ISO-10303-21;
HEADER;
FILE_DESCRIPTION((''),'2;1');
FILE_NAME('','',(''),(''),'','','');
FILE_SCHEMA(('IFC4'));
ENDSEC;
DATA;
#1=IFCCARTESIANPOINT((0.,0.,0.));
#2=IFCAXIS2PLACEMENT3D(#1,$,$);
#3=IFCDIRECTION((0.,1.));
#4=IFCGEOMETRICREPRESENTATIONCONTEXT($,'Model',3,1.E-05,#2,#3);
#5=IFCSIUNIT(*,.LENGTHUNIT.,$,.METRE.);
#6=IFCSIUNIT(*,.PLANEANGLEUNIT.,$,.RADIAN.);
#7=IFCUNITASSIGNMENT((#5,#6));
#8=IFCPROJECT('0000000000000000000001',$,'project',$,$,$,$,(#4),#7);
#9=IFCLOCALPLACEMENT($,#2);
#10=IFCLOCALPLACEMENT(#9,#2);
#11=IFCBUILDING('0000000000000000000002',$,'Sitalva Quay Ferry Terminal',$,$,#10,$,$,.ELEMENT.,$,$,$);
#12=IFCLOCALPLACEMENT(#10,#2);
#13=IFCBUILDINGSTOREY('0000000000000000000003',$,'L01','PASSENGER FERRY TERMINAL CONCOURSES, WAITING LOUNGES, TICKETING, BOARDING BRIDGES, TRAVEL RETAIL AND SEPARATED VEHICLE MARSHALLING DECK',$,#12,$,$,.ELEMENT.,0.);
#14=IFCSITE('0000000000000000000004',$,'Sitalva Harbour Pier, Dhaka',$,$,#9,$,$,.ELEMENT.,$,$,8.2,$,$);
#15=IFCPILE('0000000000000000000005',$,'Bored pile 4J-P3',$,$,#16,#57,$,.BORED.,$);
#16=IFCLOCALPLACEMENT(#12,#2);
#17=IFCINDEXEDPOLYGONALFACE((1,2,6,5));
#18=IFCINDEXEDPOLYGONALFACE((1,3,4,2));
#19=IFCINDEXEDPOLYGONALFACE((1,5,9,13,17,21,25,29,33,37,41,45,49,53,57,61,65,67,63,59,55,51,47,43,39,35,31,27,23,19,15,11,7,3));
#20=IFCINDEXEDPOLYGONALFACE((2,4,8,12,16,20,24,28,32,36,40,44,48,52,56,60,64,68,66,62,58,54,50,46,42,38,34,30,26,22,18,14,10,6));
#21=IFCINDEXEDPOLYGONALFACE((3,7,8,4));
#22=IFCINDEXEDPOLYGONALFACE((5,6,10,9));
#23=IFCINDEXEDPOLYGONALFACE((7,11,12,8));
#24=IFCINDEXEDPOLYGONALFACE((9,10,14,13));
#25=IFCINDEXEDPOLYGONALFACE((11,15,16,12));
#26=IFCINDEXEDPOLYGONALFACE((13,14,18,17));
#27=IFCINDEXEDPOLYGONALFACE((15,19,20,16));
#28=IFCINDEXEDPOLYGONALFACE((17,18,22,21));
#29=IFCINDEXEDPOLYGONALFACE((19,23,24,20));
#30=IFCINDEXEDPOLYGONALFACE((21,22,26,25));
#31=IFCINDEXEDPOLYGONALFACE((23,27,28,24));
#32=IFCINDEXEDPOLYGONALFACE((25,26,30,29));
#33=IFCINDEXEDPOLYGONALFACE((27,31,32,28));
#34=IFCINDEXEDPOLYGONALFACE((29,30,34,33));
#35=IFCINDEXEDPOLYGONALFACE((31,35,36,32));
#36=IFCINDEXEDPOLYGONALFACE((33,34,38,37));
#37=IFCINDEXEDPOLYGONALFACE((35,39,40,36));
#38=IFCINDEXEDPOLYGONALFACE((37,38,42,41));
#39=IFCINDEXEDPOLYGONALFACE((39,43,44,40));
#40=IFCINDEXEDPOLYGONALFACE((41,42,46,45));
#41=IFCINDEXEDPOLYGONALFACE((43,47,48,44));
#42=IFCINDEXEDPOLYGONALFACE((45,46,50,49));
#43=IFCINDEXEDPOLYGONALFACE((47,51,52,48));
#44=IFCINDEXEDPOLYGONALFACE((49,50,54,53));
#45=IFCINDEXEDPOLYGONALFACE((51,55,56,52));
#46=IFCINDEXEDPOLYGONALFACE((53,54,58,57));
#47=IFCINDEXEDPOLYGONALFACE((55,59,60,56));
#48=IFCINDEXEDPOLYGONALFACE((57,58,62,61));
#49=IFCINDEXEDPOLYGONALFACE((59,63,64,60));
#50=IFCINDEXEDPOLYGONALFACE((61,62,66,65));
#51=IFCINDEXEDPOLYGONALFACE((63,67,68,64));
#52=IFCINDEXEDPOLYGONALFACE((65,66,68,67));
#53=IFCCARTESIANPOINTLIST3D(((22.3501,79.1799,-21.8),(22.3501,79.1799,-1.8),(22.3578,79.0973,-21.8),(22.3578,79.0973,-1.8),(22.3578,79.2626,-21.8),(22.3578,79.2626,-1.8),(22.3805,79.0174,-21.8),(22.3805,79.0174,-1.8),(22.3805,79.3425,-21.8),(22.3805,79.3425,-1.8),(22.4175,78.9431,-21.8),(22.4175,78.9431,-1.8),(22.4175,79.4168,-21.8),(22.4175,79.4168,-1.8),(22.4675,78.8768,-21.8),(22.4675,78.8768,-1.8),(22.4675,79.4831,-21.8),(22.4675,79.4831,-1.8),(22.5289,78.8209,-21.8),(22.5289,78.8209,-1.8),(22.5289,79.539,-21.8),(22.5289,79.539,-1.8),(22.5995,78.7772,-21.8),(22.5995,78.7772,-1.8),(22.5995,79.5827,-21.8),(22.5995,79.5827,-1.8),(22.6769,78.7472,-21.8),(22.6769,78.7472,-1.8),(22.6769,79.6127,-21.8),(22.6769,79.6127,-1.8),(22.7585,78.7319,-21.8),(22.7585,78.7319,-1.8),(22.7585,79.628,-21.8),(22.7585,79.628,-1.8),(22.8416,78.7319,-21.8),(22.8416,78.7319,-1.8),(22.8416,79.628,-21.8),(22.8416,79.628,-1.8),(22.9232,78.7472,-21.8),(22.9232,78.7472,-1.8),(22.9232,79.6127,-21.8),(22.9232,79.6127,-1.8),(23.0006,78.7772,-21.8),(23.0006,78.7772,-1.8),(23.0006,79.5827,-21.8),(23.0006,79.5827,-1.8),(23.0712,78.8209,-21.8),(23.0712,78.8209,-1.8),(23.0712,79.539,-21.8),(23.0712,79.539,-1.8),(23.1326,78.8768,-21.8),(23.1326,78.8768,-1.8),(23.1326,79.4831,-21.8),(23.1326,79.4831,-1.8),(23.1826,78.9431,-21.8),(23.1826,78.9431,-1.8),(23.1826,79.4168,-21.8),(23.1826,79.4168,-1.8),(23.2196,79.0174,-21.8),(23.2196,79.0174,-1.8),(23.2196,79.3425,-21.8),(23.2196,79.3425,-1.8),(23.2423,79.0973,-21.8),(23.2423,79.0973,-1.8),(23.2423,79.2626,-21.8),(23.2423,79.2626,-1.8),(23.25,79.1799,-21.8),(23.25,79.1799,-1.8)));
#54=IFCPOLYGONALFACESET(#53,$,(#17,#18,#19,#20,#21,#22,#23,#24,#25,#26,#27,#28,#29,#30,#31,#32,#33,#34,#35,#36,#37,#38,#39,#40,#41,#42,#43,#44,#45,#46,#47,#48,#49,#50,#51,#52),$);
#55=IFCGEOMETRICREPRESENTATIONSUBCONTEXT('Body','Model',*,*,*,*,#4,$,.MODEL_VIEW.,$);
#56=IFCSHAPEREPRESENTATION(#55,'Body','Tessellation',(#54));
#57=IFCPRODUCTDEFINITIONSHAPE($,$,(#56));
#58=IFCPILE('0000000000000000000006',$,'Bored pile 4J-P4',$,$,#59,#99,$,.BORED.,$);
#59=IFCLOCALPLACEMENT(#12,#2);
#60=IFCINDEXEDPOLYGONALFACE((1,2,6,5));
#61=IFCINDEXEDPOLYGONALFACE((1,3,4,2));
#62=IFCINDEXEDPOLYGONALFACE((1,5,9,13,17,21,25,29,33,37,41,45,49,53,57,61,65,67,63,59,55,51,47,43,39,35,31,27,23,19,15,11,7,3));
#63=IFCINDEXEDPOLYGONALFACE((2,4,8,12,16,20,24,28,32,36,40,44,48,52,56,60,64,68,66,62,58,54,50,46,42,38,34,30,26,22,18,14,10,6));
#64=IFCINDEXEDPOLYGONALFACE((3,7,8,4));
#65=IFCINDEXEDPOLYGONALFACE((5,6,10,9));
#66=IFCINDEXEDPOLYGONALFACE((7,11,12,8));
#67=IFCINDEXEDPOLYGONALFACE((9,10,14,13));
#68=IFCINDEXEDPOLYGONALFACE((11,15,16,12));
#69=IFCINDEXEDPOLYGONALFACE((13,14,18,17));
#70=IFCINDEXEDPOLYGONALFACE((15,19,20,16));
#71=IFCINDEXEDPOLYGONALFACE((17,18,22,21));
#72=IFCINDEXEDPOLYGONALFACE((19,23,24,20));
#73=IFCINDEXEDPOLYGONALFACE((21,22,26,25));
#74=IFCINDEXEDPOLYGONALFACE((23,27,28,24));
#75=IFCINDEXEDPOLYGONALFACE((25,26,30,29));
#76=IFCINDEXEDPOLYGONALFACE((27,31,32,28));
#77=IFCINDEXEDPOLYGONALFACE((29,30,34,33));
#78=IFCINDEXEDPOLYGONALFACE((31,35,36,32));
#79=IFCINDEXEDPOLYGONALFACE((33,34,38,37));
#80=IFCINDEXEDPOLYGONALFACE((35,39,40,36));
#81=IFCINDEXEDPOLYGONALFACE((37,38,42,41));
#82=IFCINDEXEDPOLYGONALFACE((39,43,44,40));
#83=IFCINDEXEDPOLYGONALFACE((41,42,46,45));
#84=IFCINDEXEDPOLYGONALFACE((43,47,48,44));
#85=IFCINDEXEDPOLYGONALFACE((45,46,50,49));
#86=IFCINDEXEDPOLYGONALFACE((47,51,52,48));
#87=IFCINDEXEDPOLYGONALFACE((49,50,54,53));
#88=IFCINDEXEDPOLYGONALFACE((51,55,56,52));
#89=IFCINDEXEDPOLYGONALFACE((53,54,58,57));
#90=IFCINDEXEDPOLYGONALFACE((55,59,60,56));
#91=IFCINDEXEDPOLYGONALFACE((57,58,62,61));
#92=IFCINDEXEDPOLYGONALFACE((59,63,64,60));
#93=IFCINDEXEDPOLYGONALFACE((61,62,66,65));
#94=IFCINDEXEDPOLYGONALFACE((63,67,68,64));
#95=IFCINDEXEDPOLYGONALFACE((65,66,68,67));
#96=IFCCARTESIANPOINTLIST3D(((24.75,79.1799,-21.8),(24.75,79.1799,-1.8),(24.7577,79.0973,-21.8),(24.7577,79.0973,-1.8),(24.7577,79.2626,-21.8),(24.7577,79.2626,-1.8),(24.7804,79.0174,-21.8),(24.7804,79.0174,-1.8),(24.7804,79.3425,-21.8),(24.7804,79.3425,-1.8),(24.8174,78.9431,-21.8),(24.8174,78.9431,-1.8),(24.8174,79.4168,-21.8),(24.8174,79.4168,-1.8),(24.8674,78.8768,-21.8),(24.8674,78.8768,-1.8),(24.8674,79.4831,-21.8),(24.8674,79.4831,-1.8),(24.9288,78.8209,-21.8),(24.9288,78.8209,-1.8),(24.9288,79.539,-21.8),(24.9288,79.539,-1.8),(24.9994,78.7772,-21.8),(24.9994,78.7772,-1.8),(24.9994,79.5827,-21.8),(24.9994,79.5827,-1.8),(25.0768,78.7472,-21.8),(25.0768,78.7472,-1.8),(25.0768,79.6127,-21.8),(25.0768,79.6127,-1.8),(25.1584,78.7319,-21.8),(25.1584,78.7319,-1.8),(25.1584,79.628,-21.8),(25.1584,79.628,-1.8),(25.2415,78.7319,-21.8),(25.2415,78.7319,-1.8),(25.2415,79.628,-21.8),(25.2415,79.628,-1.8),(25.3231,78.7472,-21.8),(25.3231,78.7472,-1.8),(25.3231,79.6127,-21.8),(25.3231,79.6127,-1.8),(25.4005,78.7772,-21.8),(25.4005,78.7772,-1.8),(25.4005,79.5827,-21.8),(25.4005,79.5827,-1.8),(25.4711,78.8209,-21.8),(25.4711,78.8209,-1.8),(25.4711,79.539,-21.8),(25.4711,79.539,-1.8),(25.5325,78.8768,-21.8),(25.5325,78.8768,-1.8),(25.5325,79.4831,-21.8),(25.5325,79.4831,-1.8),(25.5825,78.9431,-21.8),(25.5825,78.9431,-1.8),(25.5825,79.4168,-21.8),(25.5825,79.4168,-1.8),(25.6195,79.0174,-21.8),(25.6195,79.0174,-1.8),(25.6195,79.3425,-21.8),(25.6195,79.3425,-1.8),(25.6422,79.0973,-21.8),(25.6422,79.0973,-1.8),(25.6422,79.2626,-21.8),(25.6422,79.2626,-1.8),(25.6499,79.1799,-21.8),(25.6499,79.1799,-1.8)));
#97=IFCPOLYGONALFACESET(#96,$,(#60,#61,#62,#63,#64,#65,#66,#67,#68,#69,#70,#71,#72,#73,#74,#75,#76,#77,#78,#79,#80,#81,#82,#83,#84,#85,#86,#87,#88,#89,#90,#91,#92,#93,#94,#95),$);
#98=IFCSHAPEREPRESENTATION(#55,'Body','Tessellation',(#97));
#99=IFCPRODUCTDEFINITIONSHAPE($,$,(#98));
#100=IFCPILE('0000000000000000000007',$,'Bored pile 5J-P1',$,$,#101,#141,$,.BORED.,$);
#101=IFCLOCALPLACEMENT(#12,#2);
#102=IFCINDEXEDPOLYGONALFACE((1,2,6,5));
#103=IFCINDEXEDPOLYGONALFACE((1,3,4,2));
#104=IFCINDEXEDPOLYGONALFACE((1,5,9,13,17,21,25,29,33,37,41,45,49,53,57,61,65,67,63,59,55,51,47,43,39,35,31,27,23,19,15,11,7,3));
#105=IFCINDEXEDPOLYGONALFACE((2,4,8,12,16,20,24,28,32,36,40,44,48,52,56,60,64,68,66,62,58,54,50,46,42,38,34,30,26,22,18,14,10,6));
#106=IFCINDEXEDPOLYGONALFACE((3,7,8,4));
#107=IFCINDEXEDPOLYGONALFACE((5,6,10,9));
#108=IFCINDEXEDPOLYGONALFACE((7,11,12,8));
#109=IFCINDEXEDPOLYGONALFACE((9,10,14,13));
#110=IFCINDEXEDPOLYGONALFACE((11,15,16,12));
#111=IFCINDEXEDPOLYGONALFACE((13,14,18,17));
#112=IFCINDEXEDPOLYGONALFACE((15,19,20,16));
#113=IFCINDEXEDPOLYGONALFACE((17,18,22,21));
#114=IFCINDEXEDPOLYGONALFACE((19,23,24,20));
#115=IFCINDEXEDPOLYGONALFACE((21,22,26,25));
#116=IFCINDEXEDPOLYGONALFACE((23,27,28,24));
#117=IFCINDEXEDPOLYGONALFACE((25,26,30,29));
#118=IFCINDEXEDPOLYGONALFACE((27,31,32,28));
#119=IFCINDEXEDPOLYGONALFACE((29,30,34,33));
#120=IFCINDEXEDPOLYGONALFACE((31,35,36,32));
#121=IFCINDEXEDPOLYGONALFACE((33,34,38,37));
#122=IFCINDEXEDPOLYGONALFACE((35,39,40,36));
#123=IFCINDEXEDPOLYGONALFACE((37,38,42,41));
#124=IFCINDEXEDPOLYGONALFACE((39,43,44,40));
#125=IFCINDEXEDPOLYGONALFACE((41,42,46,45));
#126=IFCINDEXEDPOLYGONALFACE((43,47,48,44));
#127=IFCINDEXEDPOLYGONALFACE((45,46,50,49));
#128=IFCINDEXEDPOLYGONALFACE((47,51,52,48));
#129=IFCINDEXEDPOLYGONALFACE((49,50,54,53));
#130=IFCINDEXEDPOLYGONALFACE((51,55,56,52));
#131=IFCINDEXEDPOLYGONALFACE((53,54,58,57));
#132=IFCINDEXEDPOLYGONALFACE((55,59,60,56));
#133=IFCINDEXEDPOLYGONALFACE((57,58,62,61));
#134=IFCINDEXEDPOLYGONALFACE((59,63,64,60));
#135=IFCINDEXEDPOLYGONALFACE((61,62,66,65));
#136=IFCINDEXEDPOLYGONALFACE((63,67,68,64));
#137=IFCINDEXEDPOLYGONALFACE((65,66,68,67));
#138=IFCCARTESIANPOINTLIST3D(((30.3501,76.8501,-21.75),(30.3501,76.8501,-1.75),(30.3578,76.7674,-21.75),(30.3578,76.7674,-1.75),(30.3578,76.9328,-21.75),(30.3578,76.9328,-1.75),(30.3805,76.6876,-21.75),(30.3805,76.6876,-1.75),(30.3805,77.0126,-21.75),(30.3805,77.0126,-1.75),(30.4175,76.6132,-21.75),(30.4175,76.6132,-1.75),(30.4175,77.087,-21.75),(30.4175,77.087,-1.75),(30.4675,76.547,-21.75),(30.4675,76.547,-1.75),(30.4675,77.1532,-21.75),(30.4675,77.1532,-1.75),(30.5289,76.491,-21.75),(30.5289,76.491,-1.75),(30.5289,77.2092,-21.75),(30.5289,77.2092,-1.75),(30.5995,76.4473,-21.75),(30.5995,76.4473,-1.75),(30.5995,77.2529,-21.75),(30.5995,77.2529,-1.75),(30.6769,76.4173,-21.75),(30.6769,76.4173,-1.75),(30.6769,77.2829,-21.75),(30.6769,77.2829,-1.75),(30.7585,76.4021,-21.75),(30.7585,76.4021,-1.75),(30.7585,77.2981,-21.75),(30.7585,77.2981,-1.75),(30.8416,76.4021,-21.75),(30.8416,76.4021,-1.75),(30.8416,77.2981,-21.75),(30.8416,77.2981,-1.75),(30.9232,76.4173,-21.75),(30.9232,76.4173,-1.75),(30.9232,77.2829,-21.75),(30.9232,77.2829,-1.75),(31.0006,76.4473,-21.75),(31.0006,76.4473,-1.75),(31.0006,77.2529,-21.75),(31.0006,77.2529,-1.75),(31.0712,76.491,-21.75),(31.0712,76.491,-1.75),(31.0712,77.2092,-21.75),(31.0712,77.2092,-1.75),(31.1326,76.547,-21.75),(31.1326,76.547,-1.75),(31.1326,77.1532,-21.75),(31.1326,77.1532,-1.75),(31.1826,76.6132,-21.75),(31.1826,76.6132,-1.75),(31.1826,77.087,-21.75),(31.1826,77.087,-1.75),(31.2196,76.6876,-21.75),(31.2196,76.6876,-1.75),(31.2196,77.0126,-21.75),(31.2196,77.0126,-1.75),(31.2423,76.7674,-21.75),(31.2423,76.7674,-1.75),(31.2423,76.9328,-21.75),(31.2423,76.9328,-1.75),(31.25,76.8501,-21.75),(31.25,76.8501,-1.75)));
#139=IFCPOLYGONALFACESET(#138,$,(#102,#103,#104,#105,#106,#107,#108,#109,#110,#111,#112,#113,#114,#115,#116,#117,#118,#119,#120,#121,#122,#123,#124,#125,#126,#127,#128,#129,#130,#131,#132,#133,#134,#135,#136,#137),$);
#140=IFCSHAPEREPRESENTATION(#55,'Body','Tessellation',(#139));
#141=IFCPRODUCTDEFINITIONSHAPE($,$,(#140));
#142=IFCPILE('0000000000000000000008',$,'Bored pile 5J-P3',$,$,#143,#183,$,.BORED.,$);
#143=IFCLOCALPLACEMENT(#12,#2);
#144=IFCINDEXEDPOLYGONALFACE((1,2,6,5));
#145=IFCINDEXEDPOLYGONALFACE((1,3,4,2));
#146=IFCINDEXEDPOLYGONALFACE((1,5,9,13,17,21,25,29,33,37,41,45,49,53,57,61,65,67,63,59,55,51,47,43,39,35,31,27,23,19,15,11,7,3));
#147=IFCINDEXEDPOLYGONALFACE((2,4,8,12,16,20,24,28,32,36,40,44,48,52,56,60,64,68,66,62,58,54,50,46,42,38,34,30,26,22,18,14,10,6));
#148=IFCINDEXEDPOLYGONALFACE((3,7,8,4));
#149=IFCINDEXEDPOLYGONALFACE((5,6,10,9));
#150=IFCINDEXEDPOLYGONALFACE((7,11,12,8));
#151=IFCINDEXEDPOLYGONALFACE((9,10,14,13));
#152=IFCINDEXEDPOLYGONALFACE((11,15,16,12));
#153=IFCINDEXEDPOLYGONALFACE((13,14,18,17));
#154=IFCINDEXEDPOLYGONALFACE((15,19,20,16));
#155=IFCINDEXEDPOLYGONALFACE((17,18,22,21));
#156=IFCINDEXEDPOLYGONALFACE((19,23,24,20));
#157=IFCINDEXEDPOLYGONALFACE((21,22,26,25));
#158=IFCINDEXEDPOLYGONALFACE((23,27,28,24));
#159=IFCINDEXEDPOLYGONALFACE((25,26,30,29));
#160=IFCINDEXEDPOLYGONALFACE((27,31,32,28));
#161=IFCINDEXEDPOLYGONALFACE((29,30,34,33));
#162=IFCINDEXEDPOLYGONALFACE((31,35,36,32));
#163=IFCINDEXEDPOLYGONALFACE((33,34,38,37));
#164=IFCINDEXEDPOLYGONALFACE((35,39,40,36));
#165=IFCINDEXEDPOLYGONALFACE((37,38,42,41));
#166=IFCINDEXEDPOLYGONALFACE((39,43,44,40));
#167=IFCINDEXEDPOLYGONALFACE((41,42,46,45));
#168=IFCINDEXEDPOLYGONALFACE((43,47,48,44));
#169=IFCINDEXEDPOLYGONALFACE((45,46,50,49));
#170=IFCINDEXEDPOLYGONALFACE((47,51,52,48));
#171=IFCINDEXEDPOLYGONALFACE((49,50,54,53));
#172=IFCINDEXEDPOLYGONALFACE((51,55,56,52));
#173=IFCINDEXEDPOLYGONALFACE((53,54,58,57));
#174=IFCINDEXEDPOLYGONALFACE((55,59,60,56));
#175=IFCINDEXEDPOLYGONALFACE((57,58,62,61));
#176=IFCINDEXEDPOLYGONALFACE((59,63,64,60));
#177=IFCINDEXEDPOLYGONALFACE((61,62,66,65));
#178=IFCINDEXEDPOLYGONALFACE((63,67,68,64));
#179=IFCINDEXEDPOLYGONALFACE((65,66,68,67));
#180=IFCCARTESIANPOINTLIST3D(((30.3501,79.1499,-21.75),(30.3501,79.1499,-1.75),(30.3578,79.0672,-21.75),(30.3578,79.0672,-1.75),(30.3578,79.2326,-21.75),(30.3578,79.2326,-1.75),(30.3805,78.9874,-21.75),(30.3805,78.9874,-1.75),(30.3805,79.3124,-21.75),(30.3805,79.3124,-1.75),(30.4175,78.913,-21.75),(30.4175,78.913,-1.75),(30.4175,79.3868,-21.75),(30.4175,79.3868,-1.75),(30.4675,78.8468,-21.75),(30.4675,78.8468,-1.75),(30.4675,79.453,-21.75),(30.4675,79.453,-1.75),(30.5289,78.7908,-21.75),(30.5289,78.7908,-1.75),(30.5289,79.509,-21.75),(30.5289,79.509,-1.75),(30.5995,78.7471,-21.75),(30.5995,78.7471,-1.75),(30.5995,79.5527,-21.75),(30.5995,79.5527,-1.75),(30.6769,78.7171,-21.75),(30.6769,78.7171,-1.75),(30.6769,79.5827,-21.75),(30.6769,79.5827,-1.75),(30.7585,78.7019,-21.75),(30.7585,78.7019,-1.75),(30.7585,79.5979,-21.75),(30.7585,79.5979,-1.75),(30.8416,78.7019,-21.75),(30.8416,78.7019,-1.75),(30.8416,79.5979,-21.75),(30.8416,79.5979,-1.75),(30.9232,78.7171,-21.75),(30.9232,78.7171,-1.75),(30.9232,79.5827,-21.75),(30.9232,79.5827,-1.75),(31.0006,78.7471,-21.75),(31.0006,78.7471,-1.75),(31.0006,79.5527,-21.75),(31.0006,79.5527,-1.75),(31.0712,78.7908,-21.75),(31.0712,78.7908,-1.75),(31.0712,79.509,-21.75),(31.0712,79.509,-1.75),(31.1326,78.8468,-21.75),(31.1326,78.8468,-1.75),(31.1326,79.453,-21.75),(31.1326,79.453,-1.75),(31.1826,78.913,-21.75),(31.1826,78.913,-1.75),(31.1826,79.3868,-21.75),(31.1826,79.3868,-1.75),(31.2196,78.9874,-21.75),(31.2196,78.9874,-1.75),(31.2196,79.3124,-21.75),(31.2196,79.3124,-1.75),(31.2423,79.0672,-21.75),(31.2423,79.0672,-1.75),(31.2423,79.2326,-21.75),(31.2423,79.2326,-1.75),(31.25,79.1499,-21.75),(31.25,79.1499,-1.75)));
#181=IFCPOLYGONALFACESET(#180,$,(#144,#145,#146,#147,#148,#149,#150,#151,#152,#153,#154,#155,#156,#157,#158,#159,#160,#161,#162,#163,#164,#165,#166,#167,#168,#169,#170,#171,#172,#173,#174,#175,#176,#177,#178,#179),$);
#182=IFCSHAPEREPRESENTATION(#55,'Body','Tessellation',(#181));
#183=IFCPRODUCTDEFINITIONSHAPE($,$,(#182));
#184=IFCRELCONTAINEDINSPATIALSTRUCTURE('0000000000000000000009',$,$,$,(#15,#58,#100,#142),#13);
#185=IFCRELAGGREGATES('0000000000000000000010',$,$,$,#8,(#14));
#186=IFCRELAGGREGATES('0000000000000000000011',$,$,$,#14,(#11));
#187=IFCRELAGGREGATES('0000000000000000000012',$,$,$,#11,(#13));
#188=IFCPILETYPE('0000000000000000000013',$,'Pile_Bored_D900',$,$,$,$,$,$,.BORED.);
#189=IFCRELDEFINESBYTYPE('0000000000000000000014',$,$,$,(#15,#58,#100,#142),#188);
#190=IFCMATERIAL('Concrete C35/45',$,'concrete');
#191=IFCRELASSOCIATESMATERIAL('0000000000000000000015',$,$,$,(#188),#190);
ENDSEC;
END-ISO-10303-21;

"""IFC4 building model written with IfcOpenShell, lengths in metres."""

from ifc_helpers import new_model, si_unit, direction, frame, origin, origin_2d, place, context, subcontext, project, spatial, circle, extrude, material, material_profile, profile_set, type_object, element, save


model = new_model("IFC4")

# Units and contexts
model_context = context("Model", 3, precision=1e-05, world=origin(), true_north=direction((0.0, 1.0)))
body_context = subcontext(model_context, "Body", "Model", "MODEL_VIEW")
ifc_project = project(units=[si_unit("LENGTHUNIT", "METRE"), si_unit("PLANEANGLEUNIT", "RADIAN")], contexts=[model_context])

# Site, building, storey
site_placement = place(None, origin())
site = spatial("IfcSite", under=ifc_project, at=site_placement, Name="Sitalva Harbour Pier, Dhaka", CompositionType="ELEMENT", RefElevation=8.2)
building_placement = place(site_placement, origin())
building = spatial("IfcBuilding", under=site, at=building_placement, Name="Sitalva Quay Ferry Terminal", CompositionType="ELEMENT")
storey_placement = place(building_placement, origin())
storey = spatial("IfcBuildingStorey", under=building, at=storey_placement, Name="L01", Description="PASSENGER FERRY TERMINAL CONCOURSES, WAITING LOUNGES, TICKETING, BOARDING BRIDGES, TRAVEL RETAIL AND SEPARATED VEHICLE MARSHALLING DECK", CompositionType="ELEMENT", Elevation=0.0)

# Piles
ifc_material_1 = material(Name="Concrete C35/45", Category="concrete")
ifc_material_profile_1 = material_profile(ifc_material_1, circle(Radius=0.45, at=origin_2d()), Name="PILE-D900")
ifc_profile_set_1 = profile_set([ifc_material_profile_1], Name="Concrete C35/45")
pile_type = type_object("IfcPileType", Name="Pile_Bored_D900", PredefinedType="BORED", material=ifc_profile_set_1)
for number, where, z_axis, x_axis, name in (
    (1, (22.8, 79.1799, -1.8), (0.0, 0.0, -1.0), (1.0, 0.0, 0.0), "Bored pile 4J-P3"),
    (2, (25.2, 79.1799, -1.8), (0.0, 0.0, -1.0), (1.0, 0.0, 0.0), "Bored pile 4J-P4"),
    (3, (30.8, 76.8501, -1.75), (0.0, 0.0, -1.0), (1.0, 0.0, 0.0), "Bored pile 5J-P1"),
    (4, (30.8, 79.1499, -1.75), (0.0, 0.0, -1.0), (1.0, 0.0, 0.0), "Bored pile 5J-P3"),
):
    element("IfcPile", number, at=place(storey_placement, frame(where, z_axis=z_axis, x_axis=x_axis)), inside=storey, type_object=pile_type, Name=name, PredefinedType="BORED", context=body_context, shape_type="SweptSolid", body=[
        extrude(circle(Radius=0.45, at=origin_2d()), origin(), (0.0, 0.0, 1.0), 20.0),
    ])

save(model, "model.ifc")
